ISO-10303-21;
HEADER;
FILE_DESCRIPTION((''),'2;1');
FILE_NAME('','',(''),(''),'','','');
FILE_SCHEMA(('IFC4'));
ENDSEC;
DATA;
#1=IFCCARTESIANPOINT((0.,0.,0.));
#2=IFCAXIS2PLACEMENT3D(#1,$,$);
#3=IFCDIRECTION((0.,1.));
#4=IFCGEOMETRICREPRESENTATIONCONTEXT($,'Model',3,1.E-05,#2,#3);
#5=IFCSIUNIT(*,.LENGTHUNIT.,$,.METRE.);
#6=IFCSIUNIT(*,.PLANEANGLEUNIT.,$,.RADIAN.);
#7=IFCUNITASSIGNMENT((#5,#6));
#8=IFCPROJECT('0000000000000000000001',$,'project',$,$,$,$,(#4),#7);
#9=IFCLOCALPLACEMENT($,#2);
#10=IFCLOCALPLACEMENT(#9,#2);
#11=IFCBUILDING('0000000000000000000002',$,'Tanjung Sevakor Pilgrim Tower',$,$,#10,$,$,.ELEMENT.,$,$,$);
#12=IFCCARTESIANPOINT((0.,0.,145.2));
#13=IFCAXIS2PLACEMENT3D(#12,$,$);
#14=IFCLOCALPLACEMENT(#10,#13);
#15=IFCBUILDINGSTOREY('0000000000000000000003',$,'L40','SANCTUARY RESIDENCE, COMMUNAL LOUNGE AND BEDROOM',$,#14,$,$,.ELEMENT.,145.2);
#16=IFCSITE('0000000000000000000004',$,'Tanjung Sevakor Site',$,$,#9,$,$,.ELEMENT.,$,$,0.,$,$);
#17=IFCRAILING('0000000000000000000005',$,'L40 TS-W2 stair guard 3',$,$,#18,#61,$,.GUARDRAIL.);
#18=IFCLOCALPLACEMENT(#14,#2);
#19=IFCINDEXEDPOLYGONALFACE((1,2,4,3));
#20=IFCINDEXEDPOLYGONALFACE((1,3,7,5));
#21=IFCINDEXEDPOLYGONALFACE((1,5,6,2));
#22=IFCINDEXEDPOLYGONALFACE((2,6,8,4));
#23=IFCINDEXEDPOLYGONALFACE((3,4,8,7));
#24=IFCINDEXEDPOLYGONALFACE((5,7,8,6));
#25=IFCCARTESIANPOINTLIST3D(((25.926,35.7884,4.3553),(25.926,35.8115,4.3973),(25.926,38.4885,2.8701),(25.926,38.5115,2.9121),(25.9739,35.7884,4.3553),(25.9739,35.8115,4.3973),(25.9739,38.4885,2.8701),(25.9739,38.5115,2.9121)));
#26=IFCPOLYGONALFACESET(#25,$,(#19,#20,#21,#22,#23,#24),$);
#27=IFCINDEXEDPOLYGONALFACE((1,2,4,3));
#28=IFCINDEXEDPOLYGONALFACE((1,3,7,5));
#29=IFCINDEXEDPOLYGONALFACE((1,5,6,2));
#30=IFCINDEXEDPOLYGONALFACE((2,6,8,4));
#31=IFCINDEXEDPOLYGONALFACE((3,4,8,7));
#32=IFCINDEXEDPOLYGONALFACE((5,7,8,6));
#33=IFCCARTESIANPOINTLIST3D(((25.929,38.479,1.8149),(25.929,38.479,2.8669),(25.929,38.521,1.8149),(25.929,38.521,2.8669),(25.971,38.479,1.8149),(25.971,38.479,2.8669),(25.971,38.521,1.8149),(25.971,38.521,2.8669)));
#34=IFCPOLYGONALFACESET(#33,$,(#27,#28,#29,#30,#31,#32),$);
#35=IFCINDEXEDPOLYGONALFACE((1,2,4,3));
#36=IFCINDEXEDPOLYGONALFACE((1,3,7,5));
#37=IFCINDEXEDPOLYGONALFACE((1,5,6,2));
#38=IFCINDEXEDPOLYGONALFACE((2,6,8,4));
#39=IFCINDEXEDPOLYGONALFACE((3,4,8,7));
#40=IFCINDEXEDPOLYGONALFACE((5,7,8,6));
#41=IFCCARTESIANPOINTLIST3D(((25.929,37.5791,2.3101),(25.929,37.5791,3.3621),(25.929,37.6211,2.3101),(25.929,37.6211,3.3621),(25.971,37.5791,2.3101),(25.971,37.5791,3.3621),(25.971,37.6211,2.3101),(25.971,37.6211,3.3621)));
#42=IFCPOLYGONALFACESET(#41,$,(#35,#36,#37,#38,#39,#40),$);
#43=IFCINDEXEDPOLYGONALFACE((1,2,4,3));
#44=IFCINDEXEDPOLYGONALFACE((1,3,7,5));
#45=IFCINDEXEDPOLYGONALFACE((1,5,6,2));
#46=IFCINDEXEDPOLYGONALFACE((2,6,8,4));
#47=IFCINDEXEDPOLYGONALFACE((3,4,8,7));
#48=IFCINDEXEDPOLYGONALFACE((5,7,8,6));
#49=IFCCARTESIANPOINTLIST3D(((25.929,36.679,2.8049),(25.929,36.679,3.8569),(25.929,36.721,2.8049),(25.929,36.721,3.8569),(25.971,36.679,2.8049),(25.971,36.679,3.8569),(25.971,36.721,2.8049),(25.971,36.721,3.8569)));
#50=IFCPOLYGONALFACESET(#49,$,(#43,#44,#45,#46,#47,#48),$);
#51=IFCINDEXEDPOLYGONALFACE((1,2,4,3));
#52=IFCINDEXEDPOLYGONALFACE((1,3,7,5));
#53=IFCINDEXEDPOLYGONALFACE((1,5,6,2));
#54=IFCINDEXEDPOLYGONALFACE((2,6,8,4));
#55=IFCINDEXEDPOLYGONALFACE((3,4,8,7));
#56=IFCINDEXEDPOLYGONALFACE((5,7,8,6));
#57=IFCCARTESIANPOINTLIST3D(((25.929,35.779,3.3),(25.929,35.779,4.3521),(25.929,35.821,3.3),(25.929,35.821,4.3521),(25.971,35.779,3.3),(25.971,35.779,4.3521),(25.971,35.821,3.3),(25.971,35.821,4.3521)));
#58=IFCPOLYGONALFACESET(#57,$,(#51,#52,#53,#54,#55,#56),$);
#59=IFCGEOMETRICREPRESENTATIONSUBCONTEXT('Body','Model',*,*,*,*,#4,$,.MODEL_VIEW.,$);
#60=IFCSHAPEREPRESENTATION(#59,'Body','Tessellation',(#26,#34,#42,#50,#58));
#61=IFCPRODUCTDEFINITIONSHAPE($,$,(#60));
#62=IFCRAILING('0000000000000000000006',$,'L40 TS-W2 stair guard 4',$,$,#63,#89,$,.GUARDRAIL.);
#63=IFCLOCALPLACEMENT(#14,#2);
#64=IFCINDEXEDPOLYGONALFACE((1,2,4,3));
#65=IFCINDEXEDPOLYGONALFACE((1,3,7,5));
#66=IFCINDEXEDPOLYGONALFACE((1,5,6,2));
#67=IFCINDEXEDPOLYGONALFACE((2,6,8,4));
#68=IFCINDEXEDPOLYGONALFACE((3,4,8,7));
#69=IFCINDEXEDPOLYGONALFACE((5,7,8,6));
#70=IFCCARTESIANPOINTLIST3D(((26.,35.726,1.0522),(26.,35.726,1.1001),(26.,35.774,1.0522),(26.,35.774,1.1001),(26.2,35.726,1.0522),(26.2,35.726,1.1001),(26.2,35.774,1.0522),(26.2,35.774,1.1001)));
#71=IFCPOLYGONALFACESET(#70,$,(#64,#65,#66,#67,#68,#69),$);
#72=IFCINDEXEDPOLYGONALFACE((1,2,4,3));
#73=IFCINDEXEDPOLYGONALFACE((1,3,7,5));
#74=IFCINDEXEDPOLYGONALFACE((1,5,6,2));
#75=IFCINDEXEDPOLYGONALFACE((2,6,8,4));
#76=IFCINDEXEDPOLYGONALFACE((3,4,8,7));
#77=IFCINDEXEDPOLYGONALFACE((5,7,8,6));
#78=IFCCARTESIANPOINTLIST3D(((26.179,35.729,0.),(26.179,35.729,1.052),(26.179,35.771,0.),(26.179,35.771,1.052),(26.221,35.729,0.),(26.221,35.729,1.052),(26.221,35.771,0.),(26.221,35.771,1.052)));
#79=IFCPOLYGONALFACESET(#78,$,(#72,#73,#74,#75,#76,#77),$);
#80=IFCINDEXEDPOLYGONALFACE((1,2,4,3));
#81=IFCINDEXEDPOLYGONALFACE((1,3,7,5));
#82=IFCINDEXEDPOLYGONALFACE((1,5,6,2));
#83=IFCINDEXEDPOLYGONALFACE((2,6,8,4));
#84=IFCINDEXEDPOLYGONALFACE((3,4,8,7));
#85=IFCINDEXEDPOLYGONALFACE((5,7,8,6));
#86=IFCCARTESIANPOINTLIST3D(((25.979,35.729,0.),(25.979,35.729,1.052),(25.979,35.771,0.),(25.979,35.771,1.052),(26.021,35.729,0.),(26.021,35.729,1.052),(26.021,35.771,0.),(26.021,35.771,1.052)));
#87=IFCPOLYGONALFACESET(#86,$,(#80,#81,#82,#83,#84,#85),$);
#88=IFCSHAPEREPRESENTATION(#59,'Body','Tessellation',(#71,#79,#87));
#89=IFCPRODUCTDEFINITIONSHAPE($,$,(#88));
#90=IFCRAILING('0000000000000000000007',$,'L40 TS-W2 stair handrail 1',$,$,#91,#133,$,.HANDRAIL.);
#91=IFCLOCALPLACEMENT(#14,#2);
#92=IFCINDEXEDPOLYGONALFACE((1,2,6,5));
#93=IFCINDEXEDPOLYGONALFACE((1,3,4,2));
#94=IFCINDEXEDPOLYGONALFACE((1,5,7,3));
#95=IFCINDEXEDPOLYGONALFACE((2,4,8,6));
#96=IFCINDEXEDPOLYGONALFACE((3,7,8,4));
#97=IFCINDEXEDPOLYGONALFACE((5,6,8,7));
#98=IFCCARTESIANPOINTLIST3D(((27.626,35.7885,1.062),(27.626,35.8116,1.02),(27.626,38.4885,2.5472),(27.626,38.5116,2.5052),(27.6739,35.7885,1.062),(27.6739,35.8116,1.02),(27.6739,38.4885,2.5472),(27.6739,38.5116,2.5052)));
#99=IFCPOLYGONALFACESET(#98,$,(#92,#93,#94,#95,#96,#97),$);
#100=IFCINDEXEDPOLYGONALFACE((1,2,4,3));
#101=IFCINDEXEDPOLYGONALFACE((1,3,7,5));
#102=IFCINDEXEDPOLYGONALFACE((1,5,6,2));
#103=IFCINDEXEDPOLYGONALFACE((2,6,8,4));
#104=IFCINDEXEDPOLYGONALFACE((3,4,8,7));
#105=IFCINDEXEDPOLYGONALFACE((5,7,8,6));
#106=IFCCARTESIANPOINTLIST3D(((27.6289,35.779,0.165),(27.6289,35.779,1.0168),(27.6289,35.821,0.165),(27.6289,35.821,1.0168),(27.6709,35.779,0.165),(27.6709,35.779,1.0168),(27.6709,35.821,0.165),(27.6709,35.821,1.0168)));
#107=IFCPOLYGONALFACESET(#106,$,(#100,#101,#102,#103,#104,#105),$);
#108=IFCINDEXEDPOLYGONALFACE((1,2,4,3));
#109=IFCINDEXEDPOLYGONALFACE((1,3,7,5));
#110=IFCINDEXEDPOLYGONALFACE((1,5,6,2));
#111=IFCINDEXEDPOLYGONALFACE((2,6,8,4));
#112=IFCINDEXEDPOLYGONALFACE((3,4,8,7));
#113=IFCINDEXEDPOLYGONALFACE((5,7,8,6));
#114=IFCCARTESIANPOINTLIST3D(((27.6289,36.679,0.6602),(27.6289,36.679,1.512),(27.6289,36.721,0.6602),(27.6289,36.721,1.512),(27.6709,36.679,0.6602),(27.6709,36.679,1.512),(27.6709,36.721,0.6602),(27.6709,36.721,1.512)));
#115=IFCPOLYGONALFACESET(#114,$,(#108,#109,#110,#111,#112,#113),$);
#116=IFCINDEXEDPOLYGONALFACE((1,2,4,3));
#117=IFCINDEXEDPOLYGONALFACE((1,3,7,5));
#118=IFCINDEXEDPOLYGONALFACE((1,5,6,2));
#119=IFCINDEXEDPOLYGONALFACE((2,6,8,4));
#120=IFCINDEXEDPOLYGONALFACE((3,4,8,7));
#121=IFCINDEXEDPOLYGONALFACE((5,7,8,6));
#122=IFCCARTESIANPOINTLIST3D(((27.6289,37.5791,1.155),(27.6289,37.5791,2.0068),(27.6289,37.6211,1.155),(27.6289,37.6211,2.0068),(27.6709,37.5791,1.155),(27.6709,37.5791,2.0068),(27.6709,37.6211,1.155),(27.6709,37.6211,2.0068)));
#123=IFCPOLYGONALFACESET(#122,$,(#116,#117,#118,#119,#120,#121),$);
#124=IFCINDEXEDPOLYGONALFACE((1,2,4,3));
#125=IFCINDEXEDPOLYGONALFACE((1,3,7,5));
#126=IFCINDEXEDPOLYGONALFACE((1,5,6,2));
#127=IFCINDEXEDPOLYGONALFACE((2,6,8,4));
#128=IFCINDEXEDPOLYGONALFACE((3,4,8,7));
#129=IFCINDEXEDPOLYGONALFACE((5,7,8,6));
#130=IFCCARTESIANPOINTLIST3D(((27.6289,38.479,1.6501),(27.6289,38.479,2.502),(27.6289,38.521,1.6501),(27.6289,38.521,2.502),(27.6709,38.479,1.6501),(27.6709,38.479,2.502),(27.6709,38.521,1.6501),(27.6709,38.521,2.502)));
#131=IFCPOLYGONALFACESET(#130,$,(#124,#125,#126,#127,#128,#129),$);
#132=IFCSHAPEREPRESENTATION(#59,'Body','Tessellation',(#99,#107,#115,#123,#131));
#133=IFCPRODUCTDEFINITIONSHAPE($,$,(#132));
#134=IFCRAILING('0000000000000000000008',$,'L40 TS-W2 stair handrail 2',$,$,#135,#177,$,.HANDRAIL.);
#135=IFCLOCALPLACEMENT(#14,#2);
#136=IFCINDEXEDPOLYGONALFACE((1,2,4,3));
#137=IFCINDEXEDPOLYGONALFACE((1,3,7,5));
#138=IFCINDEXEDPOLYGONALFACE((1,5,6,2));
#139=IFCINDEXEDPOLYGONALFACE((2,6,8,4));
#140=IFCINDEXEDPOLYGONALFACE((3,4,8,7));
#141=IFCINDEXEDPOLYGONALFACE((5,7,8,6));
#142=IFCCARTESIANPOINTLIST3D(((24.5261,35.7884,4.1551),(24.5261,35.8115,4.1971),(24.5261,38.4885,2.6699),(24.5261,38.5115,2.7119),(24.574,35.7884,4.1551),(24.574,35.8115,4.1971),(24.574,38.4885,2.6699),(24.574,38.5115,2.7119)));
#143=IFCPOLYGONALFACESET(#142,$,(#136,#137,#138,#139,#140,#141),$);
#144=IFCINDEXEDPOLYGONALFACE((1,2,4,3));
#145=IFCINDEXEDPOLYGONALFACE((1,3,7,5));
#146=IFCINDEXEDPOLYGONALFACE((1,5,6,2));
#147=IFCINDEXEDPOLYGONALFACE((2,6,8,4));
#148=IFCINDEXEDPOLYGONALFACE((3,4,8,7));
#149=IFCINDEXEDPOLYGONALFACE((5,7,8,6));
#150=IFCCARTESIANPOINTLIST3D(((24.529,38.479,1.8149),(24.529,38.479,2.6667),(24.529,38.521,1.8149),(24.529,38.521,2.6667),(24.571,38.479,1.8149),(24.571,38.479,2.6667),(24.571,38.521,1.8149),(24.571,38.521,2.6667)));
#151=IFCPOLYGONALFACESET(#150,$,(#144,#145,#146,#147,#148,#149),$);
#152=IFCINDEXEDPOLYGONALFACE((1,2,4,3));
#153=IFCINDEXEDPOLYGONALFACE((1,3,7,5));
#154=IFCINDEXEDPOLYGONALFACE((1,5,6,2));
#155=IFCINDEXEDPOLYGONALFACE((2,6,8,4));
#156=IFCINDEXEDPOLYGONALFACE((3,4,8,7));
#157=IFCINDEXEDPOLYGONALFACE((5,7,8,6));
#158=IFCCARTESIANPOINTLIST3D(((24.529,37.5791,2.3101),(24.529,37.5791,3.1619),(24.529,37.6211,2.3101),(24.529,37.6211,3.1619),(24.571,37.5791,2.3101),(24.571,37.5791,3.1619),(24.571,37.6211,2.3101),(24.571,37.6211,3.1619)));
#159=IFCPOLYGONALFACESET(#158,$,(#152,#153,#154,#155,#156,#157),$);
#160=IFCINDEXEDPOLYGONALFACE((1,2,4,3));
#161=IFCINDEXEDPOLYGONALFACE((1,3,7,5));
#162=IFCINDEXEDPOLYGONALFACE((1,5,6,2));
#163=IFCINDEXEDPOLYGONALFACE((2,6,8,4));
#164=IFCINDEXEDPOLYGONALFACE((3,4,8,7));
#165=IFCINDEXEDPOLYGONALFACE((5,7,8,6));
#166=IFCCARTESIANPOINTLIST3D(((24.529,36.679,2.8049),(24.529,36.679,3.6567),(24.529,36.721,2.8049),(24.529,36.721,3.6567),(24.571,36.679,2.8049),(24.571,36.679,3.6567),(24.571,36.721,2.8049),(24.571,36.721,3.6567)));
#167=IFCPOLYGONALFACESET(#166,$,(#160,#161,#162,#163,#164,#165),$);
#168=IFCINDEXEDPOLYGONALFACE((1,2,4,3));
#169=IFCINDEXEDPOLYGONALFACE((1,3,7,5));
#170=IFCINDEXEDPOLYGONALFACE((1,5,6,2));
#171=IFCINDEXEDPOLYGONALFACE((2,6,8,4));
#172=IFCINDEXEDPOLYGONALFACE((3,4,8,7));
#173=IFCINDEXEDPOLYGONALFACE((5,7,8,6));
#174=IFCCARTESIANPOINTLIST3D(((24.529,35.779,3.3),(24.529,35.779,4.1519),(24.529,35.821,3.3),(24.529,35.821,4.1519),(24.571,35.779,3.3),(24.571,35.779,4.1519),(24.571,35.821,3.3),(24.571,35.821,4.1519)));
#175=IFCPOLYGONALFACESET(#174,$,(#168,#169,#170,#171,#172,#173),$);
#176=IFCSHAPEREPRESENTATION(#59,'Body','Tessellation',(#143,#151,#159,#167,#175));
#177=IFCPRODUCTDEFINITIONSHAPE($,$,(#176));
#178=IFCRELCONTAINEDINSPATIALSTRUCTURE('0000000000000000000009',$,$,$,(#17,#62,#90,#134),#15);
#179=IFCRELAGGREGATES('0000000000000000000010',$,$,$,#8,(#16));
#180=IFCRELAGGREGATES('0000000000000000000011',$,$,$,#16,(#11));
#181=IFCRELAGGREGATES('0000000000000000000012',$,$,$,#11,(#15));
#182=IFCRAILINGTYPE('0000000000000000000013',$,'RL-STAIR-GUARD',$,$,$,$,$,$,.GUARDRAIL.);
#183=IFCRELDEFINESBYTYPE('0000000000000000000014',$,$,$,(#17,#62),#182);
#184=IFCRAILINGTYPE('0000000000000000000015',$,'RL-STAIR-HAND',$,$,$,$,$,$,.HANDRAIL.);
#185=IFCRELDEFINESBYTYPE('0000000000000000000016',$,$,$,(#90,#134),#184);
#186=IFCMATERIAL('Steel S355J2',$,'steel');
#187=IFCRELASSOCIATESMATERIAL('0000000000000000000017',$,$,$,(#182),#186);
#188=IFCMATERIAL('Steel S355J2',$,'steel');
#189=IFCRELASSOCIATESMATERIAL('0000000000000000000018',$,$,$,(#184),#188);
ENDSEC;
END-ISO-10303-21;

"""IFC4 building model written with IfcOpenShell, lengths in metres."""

from ifc_helpers import new_model, si_unit, direction, frame, origin, place, context, subcontext, project, spatial, rectangle, extrude, material, type_object, element, save


model = new_model("IFC4")

# Units and contexts
model_context = context("Model", 3, precision=1e-05, world=origin(), true_north=direction((0.0, 1.0)))
body_context = subcontext(model_context, "Body", "Model", "MODEL_VIEW")
ifc_project = project(units=[si_unit("LENGTHUNIT", "METRE"), si_unit("PLANEANGLEUNIT", "RADIAN")], contexts=[model_context])

# Site, building, storey
site_placement = place(None, origin())
site = spatial("IfcSite", under=ifc_project, at=site_placement, Name="Tanjung Sevakor Site", CompositionType="ELEMENT", RefElevation=0.0)
building_placement = place(site_placement, origin())
building = spatial("IfcBuilding", under=site, at=building_placement, Name="Tanjung Sevakor Pilgrim Tower", CompositionType="ELEMENT")
storey_placement = place(building_placement, frame((0.0, 0.0, 145.2)))
storey = spatial("IfcBuildingStorey", under=building, at=storey_placement, Name="L40", Description="SANCTUARY RESIDENCE, COMMUNAL LOUNGE AND BEDROOM", CompositionType="ELEMENT", Elevation=145.2)

# Railings
ifc_material_1 = material(Name="Steel S355J2", Category="steel")
railing_type_1 = type_object("IfcRailingType", Name="RL-STAIR-GUARD", PredefinedType="GUARDRAIL", material=ifc_material_1)
railing_1_placement = place(storey_placement, frame((25.95, 38.5, 1.8149)))
element("IfcRailing", 1, at=railing_1_placement, inside=storey, type_object=railing_type_1, Name="L40 TS-W2 stair guard 3", PredefinedType="GUARDRAIL", context=body_context, shape_type="SweptSolid", body=[
    extrude(rectangle(XDim=0.0479, YDim=0.0479), frame((0.0, 0.0, 1.0762), z_axis=(0.0, -0.876198, 0.481952), x_axis=(1.0, 0.0, 0.0)), (0.0, 0.0, 1.0), 3.0815),
    extrude(rectangle(XDim=0.042, YDim=0.042), origin(), (0.0, 0.0, 1.0), 1.052),
    extrude(rectangle(XDim=0.042, YDim=0.042), frame((0.0, -0.8999, 0.4951)), (0.0, 0.0, 1.0), 1.052),
    extrude(rectangle(XDim=0.042, YDim=0.042), frame((0.0, -1.8, 0.99)), (0.0, 0.0, 1.0), 1.052),
    extrude(rectangle(XDim=0.042, YDim=0.042), frame((0.0, -2.7, 1.4851)), (0.0, 0.0, 1.0), 1.052),
])
railing_2_placement = place(storey_placement, frame((26.2, 35.75, 0.0)))
element("IfcRailing", 2, at=railing_2_placement, inside=storey, type_object=railing_type_1, Name="L40 TS-W2 stair guard 4", PredefinedType="GUARDRAIL", context=body_context, shape_type="SweptSolid", body=[
    extrude(rectangle(XDim=0.0479, YDim=0.0479), frame((0.0, 0.0, 1.0762), z_axis=(-1.0, 0.0, 0.0), x_axis=(0.0, -1.0, 0.0)), (0.0, 0.0, 1.0), 0.2),
    extrude(rectangle(XDim=0.042, YDim=0.042), origin(), (0.0, 0.0, 1.0), 1.052),
    extrude(rectangle(XDim=0.042, YDim=0.042), frame((-0.2, 0.0, 0.0)), (0.0, 0.0, 1.0), 1.052),
])
ifc_material_2 = material(Name="Steel S355J2", Category="steel")
railing_type_2 = type_object("IfcRailingType", Name="RL-STAIR-HAND", PredefinedType="HANDRAIL", material=ifc_material_2)
railing_3_placement = place(storey_placement, frame((27.6499, 35.8, 0.165)))
element("IfcRailing", 3, at=railing_3_placement, inside=storey, type_object=railing_type_2, Name="L40 TS-W2 stair handrail 1", PredefinedType="HANDRAIL", context=body_context, shape_type="SweptSolid", body=[
    extrude(rectangle(XDim=0.0479, YDim=0.0479), frame((0.0, 0.0, 0.876), z_axis=(0.0, 0.876198, 0.481952), x_axis=(-1.0, 0.0, 0.0)), (0.0, 0.0, 1.0), 3.0815),
    extrude(rectangle(XDim=0.042, YDim=0.042), origin(), (0.0, 0.0, 1.0), 0.8518),
    extrude(rectangle(XDim=0.042, YDim=0.042), frame((0.0, 0.8999, 0.4951)), (0.0, 0.0, 1.0), 0.8518),
    extrude(rectangle(XDim=0.042, YDim=0.042), frame((0.0, 1.8, 0.99)), (0.0, 0.0, 1.0), 0.8518),
    extrude(rectangle(XDim=0.042, YDim=0.042), frame((0.0, 2.7, 1.4851)), (0.0, 0.0, 1.0), 0.8518),
])
railing_4_placement = place(storey_placement, frame((24.55, 38.5, 1.8149)))
element("IfcRailing", 4, at=railing_4_placement, inside=storey, type_object=railing_type_2, Name="L40 TS-W2 stair handrail 2", PredefinedType="HANDRAIL", context=body_context, shape_type="SweptSolid", body=[
    extrude(rectangle(XDim=0.0479, YDim=0.0479), frame((0.0, 0.0, 0.876), z_axis=(0.0, -0.876198, 0.481952), x_axis=(1.0, 0.0, 0.0)), (0.0, 0.0, 1.0), 3.0815),
    extrude(rectangle(XDim=0.042, YDim=0.042), origin(), (0.0, 0.0, 1.0), 0.8518),
    extrude(rectangle(XDim=0.042, YDim=0.042), frame((0.0, -0.8999, 0.4951)), (0.0, 0.0, 1.0), 0.8518),
    extrude(rectangle(XDim=0.042, YDim=0.042), frame((0.0, -1.8, 0.99)), (0.0, 0.0, 1.0), 0.8518),
    extrude(rectangle(XDim=0.042, YDim=0.042), frame((0.0, -2.7, 1.4851)), (0.0, 0.0, 1.0), 0.8518),
])

save(model, "model.ifc")
